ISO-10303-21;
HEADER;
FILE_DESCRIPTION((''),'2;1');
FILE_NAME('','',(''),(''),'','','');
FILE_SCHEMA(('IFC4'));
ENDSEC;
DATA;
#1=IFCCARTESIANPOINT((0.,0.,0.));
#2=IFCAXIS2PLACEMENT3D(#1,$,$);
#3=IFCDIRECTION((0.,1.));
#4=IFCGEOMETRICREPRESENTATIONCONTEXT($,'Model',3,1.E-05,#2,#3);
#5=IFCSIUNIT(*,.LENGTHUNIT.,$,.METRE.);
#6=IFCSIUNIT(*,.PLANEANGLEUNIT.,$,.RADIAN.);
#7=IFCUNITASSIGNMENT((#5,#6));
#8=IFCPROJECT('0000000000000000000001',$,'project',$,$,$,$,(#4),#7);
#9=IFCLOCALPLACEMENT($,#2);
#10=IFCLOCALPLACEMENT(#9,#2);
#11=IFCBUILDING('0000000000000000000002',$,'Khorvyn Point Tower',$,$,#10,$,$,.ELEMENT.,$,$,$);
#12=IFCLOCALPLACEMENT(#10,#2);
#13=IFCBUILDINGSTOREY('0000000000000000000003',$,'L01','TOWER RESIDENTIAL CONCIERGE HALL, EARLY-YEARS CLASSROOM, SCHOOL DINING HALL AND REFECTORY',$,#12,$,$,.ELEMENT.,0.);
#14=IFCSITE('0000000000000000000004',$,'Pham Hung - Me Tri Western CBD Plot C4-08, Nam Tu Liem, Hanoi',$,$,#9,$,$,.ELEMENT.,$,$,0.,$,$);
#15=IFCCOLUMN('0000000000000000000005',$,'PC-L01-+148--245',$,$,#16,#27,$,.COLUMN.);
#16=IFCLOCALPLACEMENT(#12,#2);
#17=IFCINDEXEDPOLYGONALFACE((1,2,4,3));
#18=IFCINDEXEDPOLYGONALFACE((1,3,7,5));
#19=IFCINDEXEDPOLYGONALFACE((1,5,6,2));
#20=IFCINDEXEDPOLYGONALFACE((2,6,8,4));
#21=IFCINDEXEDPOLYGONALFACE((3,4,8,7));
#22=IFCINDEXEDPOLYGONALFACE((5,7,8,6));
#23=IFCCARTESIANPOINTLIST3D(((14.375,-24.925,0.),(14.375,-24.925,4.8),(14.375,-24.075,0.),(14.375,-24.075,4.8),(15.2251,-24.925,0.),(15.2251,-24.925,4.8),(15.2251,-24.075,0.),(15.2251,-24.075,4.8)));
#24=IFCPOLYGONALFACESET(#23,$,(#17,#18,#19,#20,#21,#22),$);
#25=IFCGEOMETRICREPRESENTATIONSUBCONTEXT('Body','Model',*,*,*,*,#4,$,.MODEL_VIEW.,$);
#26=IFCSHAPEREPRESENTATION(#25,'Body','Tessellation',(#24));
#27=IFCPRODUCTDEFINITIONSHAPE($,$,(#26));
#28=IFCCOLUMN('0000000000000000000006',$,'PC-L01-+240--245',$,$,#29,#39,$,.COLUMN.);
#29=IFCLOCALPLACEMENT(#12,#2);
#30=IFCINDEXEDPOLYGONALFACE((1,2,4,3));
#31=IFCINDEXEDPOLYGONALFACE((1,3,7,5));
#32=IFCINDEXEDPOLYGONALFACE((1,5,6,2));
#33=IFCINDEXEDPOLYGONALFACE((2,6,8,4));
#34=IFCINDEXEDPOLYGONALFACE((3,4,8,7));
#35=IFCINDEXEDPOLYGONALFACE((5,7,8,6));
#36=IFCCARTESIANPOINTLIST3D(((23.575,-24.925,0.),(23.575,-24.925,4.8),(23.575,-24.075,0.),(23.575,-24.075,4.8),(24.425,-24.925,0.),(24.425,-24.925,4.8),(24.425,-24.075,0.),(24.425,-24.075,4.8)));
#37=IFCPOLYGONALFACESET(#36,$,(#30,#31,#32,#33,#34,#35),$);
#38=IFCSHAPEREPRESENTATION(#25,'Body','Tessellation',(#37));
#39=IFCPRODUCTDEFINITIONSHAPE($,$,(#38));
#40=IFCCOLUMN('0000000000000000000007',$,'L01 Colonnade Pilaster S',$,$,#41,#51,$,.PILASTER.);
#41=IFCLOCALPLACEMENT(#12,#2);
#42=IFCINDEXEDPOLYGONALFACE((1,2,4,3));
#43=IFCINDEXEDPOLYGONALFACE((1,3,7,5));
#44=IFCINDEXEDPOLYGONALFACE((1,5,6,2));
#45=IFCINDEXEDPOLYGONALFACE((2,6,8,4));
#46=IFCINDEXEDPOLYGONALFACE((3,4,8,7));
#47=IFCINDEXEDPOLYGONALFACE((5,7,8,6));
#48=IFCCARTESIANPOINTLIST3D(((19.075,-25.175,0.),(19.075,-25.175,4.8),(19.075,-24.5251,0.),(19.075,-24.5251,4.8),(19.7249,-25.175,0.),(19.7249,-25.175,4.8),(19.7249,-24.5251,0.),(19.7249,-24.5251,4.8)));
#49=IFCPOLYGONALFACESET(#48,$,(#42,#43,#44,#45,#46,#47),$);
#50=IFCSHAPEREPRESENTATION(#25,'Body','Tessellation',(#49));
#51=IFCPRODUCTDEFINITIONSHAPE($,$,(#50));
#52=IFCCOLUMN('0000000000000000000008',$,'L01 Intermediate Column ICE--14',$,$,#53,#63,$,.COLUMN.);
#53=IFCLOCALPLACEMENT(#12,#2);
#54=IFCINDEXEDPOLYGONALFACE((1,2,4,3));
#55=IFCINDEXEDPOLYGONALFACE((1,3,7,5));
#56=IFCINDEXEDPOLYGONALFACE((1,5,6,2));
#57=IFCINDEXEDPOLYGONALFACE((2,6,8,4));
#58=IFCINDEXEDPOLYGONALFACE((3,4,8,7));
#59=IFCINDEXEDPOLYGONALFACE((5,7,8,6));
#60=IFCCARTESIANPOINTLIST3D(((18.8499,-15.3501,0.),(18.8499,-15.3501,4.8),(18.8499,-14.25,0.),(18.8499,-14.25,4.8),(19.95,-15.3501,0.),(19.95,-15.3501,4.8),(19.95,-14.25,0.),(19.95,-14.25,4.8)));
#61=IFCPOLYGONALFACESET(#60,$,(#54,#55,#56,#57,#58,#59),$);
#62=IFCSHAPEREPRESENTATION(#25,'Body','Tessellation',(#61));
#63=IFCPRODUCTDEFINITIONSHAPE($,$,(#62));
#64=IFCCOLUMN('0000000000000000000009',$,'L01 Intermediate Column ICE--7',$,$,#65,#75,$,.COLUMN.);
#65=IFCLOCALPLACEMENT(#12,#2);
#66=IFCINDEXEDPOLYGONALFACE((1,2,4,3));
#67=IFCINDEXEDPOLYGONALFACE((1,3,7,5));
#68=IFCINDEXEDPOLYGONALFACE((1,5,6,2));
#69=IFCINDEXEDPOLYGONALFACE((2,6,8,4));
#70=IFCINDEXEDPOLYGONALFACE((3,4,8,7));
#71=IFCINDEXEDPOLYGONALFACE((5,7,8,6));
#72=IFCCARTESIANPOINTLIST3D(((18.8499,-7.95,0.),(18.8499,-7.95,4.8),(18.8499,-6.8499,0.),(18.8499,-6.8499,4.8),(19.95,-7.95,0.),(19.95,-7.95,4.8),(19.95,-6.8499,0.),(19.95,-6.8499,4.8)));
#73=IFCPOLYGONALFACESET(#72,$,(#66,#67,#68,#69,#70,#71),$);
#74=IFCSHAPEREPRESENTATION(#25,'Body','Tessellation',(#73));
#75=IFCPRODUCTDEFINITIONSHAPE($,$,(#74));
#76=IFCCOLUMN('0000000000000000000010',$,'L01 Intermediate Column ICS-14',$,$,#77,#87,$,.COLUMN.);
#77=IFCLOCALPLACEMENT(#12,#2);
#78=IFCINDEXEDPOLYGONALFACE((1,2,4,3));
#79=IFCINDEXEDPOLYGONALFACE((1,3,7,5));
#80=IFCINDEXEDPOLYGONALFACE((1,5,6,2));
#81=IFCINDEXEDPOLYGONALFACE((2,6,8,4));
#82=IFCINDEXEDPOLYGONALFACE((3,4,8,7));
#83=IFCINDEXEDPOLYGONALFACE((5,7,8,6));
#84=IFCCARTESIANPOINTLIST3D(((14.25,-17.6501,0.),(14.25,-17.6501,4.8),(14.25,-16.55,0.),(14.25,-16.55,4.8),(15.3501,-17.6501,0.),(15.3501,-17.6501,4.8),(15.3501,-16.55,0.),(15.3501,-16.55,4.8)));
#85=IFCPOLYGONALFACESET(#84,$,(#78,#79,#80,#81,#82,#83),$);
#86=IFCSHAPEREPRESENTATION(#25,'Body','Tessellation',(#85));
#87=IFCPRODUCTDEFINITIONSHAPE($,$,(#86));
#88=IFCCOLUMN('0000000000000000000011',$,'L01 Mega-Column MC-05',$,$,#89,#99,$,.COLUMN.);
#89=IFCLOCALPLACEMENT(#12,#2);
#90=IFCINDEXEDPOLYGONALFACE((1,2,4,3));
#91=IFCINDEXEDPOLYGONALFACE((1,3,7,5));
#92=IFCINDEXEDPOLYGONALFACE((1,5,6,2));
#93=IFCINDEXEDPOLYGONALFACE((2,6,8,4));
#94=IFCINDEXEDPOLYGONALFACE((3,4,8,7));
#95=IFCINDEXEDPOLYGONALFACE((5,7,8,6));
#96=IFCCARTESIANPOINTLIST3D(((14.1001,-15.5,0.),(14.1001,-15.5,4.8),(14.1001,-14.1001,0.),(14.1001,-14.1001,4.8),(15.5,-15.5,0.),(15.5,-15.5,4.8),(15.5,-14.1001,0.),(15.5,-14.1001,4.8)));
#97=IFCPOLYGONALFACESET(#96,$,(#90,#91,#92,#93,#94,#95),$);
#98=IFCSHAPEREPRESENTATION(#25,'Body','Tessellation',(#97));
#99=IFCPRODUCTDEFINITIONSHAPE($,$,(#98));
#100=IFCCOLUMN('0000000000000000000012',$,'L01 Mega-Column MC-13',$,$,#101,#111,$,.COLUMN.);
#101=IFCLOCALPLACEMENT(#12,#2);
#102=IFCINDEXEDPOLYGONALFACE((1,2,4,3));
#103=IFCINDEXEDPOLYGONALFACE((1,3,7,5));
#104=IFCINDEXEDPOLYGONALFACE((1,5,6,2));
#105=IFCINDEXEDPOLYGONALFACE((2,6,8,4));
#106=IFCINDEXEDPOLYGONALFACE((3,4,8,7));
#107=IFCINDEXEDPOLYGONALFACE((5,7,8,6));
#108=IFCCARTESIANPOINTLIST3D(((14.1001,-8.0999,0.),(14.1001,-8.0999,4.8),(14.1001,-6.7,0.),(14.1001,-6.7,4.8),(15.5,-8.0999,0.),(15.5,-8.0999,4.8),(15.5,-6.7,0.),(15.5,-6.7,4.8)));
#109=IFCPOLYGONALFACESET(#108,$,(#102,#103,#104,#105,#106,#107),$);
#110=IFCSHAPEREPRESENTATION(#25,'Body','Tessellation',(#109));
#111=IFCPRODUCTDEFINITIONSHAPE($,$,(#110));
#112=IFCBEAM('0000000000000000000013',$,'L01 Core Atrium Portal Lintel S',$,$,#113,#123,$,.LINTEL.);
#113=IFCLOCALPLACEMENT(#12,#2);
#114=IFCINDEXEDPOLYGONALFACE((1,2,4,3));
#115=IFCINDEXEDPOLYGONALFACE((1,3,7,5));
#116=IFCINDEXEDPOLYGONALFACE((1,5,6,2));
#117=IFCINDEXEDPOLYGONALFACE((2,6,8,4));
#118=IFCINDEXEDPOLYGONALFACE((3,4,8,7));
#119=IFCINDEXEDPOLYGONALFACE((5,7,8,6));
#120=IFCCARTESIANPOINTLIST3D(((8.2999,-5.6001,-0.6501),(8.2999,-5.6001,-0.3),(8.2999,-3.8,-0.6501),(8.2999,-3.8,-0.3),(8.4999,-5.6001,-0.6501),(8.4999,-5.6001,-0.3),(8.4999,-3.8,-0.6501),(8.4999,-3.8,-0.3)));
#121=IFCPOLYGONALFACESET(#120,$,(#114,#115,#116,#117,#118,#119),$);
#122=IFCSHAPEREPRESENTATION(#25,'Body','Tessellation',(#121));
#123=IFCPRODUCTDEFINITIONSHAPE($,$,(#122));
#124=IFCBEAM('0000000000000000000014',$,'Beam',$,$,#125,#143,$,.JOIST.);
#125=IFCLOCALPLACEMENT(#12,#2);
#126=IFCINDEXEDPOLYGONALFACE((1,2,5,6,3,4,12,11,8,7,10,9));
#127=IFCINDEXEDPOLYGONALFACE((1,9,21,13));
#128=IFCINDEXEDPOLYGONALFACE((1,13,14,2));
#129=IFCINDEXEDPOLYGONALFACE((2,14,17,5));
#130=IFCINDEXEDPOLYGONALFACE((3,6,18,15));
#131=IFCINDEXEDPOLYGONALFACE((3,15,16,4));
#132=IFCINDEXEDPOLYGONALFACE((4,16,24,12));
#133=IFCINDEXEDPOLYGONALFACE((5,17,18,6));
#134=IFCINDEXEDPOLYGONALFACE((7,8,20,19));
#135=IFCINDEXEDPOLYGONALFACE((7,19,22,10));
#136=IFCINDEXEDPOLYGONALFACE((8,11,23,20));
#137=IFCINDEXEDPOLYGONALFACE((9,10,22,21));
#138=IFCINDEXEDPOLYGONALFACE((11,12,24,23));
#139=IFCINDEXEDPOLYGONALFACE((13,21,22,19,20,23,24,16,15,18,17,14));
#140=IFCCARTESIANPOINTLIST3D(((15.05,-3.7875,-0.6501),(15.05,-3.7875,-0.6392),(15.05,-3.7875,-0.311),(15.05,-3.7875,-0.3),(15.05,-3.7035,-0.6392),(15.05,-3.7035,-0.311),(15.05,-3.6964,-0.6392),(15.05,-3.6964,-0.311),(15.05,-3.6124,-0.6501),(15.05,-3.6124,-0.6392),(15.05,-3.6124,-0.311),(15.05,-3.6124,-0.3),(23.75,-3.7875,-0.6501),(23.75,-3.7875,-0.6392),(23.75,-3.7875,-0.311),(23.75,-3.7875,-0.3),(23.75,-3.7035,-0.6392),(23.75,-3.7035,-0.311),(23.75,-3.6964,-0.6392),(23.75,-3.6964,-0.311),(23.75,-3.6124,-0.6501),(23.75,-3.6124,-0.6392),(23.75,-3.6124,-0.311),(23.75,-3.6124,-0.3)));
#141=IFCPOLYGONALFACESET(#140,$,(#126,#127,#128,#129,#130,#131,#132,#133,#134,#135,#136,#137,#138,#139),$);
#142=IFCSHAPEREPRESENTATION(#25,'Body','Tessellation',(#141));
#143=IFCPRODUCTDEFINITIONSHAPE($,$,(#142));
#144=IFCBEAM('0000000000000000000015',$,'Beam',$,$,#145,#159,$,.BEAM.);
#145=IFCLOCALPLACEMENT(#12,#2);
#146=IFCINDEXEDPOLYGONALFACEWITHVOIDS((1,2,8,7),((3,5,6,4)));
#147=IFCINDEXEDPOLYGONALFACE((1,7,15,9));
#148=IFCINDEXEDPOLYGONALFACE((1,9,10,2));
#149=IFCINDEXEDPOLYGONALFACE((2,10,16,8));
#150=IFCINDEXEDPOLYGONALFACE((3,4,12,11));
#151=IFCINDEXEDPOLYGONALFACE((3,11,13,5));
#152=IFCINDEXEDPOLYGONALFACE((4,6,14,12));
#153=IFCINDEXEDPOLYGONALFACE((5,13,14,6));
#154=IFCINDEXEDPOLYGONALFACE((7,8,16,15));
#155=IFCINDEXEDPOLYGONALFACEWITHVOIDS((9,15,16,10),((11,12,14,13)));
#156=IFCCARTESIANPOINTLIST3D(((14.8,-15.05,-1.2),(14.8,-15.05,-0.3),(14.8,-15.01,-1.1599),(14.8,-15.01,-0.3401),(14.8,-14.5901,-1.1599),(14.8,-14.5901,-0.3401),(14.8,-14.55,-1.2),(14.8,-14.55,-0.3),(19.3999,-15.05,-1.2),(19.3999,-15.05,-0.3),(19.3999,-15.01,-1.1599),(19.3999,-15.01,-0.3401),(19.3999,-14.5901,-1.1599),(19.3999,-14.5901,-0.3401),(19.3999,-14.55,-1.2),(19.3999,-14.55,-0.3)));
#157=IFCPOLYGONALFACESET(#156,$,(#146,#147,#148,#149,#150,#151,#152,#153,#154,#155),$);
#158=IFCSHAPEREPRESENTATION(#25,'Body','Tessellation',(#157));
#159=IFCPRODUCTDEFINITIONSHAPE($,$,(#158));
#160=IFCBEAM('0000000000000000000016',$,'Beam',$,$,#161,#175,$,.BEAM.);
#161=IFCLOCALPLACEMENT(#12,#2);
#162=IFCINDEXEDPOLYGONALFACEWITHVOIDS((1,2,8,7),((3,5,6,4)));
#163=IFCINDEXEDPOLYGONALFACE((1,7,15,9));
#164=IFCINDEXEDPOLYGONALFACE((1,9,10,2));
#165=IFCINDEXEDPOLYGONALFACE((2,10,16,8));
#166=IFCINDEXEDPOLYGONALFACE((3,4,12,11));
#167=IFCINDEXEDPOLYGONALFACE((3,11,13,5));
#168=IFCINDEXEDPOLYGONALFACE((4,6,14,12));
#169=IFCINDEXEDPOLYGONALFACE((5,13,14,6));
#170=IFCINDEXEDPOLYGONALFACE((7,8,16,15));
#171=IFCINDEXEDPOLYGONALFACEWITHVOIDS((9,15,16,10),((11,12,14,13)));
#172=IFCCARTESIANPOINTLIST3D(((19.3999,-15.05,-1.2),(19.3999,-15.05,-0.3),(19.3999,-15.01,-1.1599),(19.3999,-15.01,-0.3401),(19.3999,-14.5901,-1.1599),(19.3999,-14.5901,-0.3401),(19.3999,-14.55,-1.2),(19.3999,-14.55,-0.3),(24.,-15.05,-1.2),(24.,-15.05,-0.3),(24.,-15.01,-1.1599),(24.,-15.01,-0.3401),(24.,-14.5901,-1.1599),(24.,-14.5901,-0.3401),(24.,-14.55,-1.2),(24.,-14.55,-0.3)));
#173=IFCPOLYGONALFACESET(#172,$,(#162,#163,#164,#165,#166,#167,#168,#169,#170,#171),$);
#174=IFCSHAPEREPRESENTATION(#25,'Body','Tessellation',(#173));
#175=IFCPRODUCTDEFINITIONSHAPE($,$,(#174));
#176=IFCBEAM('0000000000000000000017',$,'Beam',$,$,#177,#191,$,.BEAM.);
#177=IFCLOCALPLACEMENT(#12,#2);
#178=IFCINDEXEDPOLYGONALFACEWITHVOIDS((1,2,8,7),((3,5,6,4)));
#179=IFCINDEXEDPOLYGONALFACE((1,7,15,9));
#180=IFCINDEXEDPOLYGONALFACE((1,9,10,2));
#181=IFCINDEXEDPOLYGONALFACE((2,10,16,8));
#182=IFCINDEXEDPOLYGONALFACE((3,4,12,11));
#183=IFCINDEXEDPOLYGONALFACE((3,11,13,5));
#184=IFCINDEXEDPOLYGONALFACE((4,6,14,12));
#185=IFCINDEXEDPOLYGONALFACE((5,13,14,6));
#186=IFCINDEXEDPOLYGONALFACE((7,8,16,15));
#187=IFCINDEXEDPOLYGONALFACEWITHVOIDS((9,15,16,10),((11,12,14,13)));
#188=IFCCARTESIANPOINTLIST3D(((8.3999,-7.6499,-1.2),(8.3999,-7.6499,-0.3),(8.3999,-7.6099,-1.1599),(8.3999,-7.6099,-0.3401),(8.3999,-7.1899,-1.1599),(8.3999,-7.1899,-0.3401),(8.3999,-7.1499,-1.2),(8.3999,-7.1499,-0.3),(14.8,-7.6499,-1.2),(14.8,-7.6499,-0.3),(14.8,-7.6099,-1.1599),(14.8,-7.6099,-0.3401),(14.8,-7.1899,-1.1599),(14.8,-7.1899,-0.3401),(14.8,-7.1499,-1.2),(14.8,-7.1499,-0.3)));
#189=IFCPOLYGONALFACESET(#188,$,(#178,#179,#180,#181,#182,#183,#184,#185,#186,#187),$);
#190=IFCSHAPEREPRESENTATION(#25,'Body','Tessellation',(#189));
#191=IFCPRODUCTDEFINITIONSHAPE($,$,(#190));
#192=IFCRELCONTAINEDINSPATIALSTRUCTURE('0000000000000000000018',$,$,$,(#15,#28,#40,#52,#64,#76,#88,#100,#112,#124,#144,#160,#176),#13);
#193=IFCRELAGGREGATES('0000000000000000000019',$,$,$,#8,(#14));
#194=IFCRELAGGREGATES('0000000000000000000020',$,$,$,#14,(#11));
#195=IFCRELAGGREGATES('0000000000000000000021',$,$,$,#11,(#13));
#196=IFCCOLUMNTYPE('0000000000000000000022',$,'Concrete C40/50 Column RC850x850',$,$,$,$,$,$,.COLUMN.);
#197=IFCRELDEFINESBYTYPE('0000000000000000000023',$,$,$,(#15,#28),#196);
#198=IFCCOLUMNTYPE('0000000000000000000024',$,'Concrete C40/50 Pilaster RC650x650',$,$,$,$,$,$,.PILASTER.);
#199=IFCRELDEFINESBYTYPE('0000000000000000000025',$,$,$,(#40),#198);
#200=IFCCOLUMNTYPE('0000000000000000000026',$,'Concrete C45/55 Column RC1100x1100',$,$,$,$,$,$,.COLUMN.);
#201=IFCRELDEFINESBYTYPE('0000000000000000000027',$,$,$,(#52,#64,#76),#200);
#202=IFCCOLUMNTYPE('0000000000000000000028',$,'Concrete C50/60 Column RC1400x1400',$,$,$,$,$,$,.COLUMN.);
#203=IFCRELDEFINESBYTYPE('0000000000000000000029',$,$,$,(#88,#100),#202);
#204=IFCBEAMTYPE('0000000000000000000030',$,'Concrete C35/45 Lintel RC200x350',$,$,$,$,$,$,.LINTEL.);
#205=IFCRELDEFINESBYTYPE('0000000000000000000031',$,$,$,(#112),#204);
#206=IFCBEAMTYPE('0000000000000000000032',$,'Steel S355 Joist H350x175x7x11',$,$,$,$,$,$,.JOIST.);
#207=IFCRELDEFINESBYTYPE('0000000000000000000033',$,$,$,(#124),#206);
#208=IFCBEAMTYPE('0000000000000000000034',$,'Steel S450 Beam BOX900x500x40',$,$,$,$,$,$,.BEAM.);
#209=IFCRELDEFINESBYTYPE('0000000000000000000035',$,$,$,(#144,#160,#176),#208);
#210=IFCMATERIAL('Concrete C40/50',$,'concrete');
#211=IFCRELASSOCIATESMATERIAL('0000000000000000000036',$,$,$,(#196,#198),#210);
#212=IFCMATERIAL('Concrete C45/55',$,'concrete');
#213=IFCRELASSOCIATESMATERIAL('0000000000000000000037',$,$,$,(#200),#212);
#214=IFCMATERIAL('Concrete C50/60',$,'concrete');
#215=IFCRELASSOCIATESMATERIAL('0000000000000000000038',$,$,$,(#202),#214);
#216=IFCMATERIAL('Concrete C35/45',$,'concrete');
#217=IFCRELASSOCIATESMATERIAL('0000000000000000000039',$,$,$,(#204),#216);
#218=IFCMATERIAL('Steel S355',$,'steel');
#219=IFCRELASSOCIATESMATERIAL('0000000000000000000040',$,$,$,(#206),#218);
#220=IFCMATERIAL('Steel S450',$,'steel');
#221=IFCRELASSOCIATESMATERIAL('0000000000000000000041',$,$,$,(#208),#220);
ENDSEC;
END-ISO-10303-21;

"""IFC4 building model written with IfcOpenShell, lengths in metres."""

from ifc_helpers import new_model, si_unit, direction, frame, origin, origin_2d, place, context, subcontext, project, spatial, rectangle, hollow_rectangle, i_section, extrude, material, material_profile, profile_set, type_object, element, save


model = new_model("IFC4")

# Units and contexts
model_context = context("Model", 3, precision=1e-05, world=origin(), true_north=direction((0.0, 1.0)))
body_context = subcontext(model_context, "Body", "Model", "MODEL_VIEW")
ifc_project = project(units=[si_unit("LENGTHUNIT", "METRE"), si_unit("PLANEANGLEUNIT", "RADIAN")], contexts=[model_context])

# Site, building, storey
site_placement = place(None, origin())
site = spatial("IfcSite", under=ifc_project, at=site_placement, Name="Pham Hung - Me Tri Western CBD Plot C4-08, Nam Tu Liem, Hanoi", CompositionType="ELEMENT", RefElevation=0.0)
building_placement = place(site_placement, origin())
building = spatial("IfcBuilding", under=site, at=building_placement, Name="Khorvyn Point Tower", CompositionType="ELEMENT")
storey_placement = place(building_placement, origin())
storey = spatial("IfcBuildingStorey", under=building, at=storey_placement, Name="L01", Description="TOWER RESIDENTIAL CONCIERGE HALL, EARLY-YEARS CLASSROOM, SCHOOL DINING HALL AND REFECTORY", CompositionType="ELEMENT", Elevation=0.0)

# Columns
ifc_material_1 = material(Name="Concrete C40/50", Category="concrete")
ifc_material_profile_1 = material_profile(ifc_material_1, rectangle(XDim=0.8501, YDim=0.8501, at=origin_2d()))
ifc_profile_set_1 = profile_set([ifc_material_profile_1], Name="Concrete C40/50 RC850x850")
column_type_1 = type_object("IfcColumnType", Name="Concrete C40/50 Column RC850x850", PredefinedType="COLUMN", material=ifc_profile_set_1)
for number, where, z_axis, x_axis, name in (
    (1, (14.8, -24.5, 0.0), (0.0, 0.0, 1.0), (1.0, 0.0, 0.0), "PC-L01-+148--245"),
    (2, (24.0, -24.5, 0.0), (0.0, 0.0, 1.0), (1.0, 0.0, 0.0), "PC-L01-+240--245"),
):
    element("IfcColumn", number, at=place(storey_placement, frame(where, z_axis=z_axis, x_axis=x_axis)), inside=storey, type_object=column_type_1, Name=name, PredefinedType="COLUMN", context=body_context, shape_type="SweptSolid", body=[
        extrude(rectangle(XDim=0.8501, YDim=0.8501, at=origin_2d()), origin(), (0.0, 0.0, 1.0), 4.8),
    ])
ifc_material_profile_2 = material_profile(ifc_material_1, rectangle(XDim=0.6499, YDim=0.6499, at=origin_2d()))
ifc_profile_set_2 = profile_set([ifc_material_profile_2], Name="Concrete C40/50 RC650x650")
column_type_2 = type_object("IfcColumnType", Name="Concrete C40/50 Pilaster RC650x650", PredefinedType="PILASTER", material=ifc_profile_set_2)
column_placement = place(storey_placement, frame((19.3999, -24.8501, 0.0), z_axis=(0.0, 0.0, 1.0), x_axis=(1.0, 0.0, 0.0)))
element("IfcColumn", 3, at=column_placement, inside=storey, type_object=column_type_2, Name="L01 Colonnade Pilaster S", PredefinedType="PILASTER", context=body_context, shape_type="SweptSolid", body=[
    extrude(rectangle(XDim=0.6499, YDim=0.6499, at=origin_2d()), origin(), (0.0, 0.0, 1.0), 4.8),
])
ifc_material_2 = material(Name="Concrete C45/55", Category="concrete")
ifc_material_profile_3 = material_profile(ifc_material_2, rectangle(XDim=1.1001, YDim=1.1001, at=origin_2d()))
ifc_profile_set_3 = profile_set([ifc_material_profile_3], Name="Concrete C45/55 RC1100x1100")
column_type_3 = type_object("IfcColumnType", Name="Concrete C45/55 Column RC1100x1100", PredefinedType="COLUMN", material=ifc_profile_set_3)
for number, where, z_axis, x_axis, name in (
    (4, (19.3999, -14.8, 0.0), (0.0, 0.0, 1.0), (1.0, 0.0, 0.0), "L01 Intermediate Column ICE--14"),
    (5, (19.3999, -7.3999, 0.0), (0.0, 0.0, 1.0), (1.0, 0.0, 0.0), "L01 Intermediate Column ICE--7"),
    (6, (14.8, -17.1001, 0.0), (0.0, 0.0, 1.0), (1.0, 0.0, 0.0), "L01 Intermediate Column ICS-14"),
):
    element("IfcColumn", number, at=place(storey_placement, frame(where, z_axis=z_axis, x_axis=x_axis)), inside=storey, type_object=column_type_3, Name=name, PredefinedType="COLUMN", context=body_context, shape_type="SweptSolid", body=[
        extrude(rectangle(XDim=1.1001, YDim=1.1001, at=origin_2d()), origin(), (0.0, 0.0, 1.0), 4.8),
    ])
ifc_material_3 = material(Name="Concrete C50/60", Category="concrete")
ifc_material_profile_4 = material_profile(ifc_material_3, rectangle(XDim=1.3999, YDim=1.3999, at=origin_2d()))
ifc_profile_set_4 = profile_set([ifc_material_profile_4], Name="Concrete C50/60 RC1400x1400")
column_type_4 = type_object("IfcColumnType", Name="Concrete C50/60 Column RC1400x1400", PredefinedType="COLUMN", material=ifc_profile_set_4)
for number, where, z_axis, x_axis, name in (
    (7, (14.8, -14.8, 0.0), (0.0, 0.0, 1.0), (1.0, 0.0, 0.0), "L01 Mega-Column MC-05"),
    (8, (14.8, -7.3999, 0.0), (0.0, 0.0, 1.0), (1.0, 0.0, 0.0), "L01 Mega-Column MC-13"),
):
    element("IfcColumn", number, at=place(storey_placement, frame(where, z_axis=z_axis, x_axis=x_axis)), inside=storey, type_object=column_type_4, Name=name, PredefinedType="COLUMN", context=body_context, shape_type="SweptSolid", body=[
        extrude(rectangle(XDim=1.3999, YDim=1.3999, at=origin_2d()), origin(), (0.0, 0.0, 1.0), 4.8),
    ])

# Beams
ifc_material_4 = material(Name="Concrete C35/45", Category="concrete")
ifc_material_profile_5 = material_profile(ifc_material_4, rectangle(XDim=0.2, YDim=0.3501, at=origin_2d()))
ifc_profile_set_5 = profile_set([ifc_material_profile_5], Name="Concrete C35/45 RC200x350")
beam_type_1 = type_object("IfcBeamType", Name="Concrete C35/45 Lintel RC200x350", PredefinedType="LINTEL", material=ifc_profile_set_5)
beam_1_placement = place(storey_placement, frame((8.3999, -5.6001, -0.4751), z_axis=(0.0, 1.0, 0.0), x_axis=(-1.0, 0.0, 0.0)))
element("IfcBeam", 9, at=beam_1_placement, inside=storey, type_object=beam_type_1, Name="L01 Core Atrium Portal Lintel S", PredefinedType="LINTEL", context=body_context, shape_type="SweptSolid", body=[
    extrude(rectangle(XDim=0.2, YDim=0.3501, at=origin_2d()), origin(), (0.0, 0.0, 1.0), 1.8),
])
ifc_material_5 = material(Name="Steel S355", Category="steel")
ifc_material_profile_6 = material_profile(ifc_material_5, i_section(OverallWidth=0.175, OverallDepth=0.3501, WebThickness=0.0071, FlangeThickness=0.011, at=origin_2d()))
ifc_profile_set_6 = profile_set([ifc_material_profile_6], Name="Steel S355 H350x175x7x11")
beam_type_2 = type_object("IfcBeamType", Name="Steel S355 Joist H350x175x7x11", PredefinedType="JOIST", material=ifc_profile_set_6)
beam_2_placement = place(storey_placement, frame((15.05, -3.7, -0.4751), z_axis=(1.0, 0.0, 0.0), x_axis=(0.0, 1.0, 0.0)))
element("IfcBeam", 10, at=beam_2_placement, inside=storey, type_object=beam_type_2, Name="Beam", PredefinedType="JOIST", context=body_context, shape_type="SweptSolid", body=[
    extrude(i_section(OverallWidth=0.175, OverallDepth=0.3501, WebThickness=0.0071, FlangeThickness=0.011, at=origin_2d()), origin(), (0.0, 0.0, 1.0), 8.7),
])
ifc_material_6 = material(Name="Steel S450", Category="steel")
ifc_material_profile_7 = material_profile(ifc_material_6, hollow_rectangle(XDim=0.5, YDim=0.8999, WallThickness=0.04, at=origin_2d()))
ifc_profile_set_7 = profile_set([ifc_material_profile_7], Name="Steel S450 BOX900x500x40")
beam_type_3 = type_object("IfcBeamType", Name="Steel S450 Beam BOX900x500x40", PredefinedType="BEAM", material=ifc_profile_set_7)
beam_3_placement = place(storey_placement, frame((14.8, -14.8, -0.75), z_axis=(1.0, 0.0, 0.0), x_axis=(0.0, 1.0, 0.0)))
element("IfcBeam", 11, at=beam_3_placement, inside=storey, type_object=beam_type_3, Name="Beam", PredefinedType="BEAM", context=body_context, shape_type="SweptSolid", body=[
    extrude(hollow_rectangle(XDim=0.5, YDim=0.8999, WallThickness=0.04, at=origin_2d()), origin(), (0.0, 0.0, 1.0), 4.5999),
])
beam_4_placement = place(storey_placement, frame((19.3999, -14.8, -0.75), z_axis=(1.0, 0.0, 0.0), x_axis=(0.0, 1.0, 0.0)))
element("IfcBeam", 12, at=beam_4_placement, inside=storey, type_object=beam_type_3, Name="Beam", PredefinedType="BEAM", context=body_context, shape_type="SweptSolid", body=[
    extrude(hollow_rectangle(XDim=0.5, YDim=0.8999, WallThickness=0.04, at=origin_2d()), origin(), (0.0, 0.0, 1.0), 4.6001),
])
beam_5_placement = place(storey_placement, frame((8.3999, -7.3999, -0.75), z_axis=(1.0, 0.0, 0.0), x_axis=(0.0, 1.0, 0.0)))
element("IfcBeam", 13, at=beam_5_placement, inside=storey, type_object=beam_type_3, Name="Beam", PredefinedType="BEAM", context=body_context, shape_type="SweptSolid", body=[
    extrude(hollow_rectangle(XDim=0.5, YDim=0.8999, WallThickness=0.04, at=origin_2d()), origin(), (0.0, 0.0, 1.0), 6.4001),
])

save(model, "model.ifc")
